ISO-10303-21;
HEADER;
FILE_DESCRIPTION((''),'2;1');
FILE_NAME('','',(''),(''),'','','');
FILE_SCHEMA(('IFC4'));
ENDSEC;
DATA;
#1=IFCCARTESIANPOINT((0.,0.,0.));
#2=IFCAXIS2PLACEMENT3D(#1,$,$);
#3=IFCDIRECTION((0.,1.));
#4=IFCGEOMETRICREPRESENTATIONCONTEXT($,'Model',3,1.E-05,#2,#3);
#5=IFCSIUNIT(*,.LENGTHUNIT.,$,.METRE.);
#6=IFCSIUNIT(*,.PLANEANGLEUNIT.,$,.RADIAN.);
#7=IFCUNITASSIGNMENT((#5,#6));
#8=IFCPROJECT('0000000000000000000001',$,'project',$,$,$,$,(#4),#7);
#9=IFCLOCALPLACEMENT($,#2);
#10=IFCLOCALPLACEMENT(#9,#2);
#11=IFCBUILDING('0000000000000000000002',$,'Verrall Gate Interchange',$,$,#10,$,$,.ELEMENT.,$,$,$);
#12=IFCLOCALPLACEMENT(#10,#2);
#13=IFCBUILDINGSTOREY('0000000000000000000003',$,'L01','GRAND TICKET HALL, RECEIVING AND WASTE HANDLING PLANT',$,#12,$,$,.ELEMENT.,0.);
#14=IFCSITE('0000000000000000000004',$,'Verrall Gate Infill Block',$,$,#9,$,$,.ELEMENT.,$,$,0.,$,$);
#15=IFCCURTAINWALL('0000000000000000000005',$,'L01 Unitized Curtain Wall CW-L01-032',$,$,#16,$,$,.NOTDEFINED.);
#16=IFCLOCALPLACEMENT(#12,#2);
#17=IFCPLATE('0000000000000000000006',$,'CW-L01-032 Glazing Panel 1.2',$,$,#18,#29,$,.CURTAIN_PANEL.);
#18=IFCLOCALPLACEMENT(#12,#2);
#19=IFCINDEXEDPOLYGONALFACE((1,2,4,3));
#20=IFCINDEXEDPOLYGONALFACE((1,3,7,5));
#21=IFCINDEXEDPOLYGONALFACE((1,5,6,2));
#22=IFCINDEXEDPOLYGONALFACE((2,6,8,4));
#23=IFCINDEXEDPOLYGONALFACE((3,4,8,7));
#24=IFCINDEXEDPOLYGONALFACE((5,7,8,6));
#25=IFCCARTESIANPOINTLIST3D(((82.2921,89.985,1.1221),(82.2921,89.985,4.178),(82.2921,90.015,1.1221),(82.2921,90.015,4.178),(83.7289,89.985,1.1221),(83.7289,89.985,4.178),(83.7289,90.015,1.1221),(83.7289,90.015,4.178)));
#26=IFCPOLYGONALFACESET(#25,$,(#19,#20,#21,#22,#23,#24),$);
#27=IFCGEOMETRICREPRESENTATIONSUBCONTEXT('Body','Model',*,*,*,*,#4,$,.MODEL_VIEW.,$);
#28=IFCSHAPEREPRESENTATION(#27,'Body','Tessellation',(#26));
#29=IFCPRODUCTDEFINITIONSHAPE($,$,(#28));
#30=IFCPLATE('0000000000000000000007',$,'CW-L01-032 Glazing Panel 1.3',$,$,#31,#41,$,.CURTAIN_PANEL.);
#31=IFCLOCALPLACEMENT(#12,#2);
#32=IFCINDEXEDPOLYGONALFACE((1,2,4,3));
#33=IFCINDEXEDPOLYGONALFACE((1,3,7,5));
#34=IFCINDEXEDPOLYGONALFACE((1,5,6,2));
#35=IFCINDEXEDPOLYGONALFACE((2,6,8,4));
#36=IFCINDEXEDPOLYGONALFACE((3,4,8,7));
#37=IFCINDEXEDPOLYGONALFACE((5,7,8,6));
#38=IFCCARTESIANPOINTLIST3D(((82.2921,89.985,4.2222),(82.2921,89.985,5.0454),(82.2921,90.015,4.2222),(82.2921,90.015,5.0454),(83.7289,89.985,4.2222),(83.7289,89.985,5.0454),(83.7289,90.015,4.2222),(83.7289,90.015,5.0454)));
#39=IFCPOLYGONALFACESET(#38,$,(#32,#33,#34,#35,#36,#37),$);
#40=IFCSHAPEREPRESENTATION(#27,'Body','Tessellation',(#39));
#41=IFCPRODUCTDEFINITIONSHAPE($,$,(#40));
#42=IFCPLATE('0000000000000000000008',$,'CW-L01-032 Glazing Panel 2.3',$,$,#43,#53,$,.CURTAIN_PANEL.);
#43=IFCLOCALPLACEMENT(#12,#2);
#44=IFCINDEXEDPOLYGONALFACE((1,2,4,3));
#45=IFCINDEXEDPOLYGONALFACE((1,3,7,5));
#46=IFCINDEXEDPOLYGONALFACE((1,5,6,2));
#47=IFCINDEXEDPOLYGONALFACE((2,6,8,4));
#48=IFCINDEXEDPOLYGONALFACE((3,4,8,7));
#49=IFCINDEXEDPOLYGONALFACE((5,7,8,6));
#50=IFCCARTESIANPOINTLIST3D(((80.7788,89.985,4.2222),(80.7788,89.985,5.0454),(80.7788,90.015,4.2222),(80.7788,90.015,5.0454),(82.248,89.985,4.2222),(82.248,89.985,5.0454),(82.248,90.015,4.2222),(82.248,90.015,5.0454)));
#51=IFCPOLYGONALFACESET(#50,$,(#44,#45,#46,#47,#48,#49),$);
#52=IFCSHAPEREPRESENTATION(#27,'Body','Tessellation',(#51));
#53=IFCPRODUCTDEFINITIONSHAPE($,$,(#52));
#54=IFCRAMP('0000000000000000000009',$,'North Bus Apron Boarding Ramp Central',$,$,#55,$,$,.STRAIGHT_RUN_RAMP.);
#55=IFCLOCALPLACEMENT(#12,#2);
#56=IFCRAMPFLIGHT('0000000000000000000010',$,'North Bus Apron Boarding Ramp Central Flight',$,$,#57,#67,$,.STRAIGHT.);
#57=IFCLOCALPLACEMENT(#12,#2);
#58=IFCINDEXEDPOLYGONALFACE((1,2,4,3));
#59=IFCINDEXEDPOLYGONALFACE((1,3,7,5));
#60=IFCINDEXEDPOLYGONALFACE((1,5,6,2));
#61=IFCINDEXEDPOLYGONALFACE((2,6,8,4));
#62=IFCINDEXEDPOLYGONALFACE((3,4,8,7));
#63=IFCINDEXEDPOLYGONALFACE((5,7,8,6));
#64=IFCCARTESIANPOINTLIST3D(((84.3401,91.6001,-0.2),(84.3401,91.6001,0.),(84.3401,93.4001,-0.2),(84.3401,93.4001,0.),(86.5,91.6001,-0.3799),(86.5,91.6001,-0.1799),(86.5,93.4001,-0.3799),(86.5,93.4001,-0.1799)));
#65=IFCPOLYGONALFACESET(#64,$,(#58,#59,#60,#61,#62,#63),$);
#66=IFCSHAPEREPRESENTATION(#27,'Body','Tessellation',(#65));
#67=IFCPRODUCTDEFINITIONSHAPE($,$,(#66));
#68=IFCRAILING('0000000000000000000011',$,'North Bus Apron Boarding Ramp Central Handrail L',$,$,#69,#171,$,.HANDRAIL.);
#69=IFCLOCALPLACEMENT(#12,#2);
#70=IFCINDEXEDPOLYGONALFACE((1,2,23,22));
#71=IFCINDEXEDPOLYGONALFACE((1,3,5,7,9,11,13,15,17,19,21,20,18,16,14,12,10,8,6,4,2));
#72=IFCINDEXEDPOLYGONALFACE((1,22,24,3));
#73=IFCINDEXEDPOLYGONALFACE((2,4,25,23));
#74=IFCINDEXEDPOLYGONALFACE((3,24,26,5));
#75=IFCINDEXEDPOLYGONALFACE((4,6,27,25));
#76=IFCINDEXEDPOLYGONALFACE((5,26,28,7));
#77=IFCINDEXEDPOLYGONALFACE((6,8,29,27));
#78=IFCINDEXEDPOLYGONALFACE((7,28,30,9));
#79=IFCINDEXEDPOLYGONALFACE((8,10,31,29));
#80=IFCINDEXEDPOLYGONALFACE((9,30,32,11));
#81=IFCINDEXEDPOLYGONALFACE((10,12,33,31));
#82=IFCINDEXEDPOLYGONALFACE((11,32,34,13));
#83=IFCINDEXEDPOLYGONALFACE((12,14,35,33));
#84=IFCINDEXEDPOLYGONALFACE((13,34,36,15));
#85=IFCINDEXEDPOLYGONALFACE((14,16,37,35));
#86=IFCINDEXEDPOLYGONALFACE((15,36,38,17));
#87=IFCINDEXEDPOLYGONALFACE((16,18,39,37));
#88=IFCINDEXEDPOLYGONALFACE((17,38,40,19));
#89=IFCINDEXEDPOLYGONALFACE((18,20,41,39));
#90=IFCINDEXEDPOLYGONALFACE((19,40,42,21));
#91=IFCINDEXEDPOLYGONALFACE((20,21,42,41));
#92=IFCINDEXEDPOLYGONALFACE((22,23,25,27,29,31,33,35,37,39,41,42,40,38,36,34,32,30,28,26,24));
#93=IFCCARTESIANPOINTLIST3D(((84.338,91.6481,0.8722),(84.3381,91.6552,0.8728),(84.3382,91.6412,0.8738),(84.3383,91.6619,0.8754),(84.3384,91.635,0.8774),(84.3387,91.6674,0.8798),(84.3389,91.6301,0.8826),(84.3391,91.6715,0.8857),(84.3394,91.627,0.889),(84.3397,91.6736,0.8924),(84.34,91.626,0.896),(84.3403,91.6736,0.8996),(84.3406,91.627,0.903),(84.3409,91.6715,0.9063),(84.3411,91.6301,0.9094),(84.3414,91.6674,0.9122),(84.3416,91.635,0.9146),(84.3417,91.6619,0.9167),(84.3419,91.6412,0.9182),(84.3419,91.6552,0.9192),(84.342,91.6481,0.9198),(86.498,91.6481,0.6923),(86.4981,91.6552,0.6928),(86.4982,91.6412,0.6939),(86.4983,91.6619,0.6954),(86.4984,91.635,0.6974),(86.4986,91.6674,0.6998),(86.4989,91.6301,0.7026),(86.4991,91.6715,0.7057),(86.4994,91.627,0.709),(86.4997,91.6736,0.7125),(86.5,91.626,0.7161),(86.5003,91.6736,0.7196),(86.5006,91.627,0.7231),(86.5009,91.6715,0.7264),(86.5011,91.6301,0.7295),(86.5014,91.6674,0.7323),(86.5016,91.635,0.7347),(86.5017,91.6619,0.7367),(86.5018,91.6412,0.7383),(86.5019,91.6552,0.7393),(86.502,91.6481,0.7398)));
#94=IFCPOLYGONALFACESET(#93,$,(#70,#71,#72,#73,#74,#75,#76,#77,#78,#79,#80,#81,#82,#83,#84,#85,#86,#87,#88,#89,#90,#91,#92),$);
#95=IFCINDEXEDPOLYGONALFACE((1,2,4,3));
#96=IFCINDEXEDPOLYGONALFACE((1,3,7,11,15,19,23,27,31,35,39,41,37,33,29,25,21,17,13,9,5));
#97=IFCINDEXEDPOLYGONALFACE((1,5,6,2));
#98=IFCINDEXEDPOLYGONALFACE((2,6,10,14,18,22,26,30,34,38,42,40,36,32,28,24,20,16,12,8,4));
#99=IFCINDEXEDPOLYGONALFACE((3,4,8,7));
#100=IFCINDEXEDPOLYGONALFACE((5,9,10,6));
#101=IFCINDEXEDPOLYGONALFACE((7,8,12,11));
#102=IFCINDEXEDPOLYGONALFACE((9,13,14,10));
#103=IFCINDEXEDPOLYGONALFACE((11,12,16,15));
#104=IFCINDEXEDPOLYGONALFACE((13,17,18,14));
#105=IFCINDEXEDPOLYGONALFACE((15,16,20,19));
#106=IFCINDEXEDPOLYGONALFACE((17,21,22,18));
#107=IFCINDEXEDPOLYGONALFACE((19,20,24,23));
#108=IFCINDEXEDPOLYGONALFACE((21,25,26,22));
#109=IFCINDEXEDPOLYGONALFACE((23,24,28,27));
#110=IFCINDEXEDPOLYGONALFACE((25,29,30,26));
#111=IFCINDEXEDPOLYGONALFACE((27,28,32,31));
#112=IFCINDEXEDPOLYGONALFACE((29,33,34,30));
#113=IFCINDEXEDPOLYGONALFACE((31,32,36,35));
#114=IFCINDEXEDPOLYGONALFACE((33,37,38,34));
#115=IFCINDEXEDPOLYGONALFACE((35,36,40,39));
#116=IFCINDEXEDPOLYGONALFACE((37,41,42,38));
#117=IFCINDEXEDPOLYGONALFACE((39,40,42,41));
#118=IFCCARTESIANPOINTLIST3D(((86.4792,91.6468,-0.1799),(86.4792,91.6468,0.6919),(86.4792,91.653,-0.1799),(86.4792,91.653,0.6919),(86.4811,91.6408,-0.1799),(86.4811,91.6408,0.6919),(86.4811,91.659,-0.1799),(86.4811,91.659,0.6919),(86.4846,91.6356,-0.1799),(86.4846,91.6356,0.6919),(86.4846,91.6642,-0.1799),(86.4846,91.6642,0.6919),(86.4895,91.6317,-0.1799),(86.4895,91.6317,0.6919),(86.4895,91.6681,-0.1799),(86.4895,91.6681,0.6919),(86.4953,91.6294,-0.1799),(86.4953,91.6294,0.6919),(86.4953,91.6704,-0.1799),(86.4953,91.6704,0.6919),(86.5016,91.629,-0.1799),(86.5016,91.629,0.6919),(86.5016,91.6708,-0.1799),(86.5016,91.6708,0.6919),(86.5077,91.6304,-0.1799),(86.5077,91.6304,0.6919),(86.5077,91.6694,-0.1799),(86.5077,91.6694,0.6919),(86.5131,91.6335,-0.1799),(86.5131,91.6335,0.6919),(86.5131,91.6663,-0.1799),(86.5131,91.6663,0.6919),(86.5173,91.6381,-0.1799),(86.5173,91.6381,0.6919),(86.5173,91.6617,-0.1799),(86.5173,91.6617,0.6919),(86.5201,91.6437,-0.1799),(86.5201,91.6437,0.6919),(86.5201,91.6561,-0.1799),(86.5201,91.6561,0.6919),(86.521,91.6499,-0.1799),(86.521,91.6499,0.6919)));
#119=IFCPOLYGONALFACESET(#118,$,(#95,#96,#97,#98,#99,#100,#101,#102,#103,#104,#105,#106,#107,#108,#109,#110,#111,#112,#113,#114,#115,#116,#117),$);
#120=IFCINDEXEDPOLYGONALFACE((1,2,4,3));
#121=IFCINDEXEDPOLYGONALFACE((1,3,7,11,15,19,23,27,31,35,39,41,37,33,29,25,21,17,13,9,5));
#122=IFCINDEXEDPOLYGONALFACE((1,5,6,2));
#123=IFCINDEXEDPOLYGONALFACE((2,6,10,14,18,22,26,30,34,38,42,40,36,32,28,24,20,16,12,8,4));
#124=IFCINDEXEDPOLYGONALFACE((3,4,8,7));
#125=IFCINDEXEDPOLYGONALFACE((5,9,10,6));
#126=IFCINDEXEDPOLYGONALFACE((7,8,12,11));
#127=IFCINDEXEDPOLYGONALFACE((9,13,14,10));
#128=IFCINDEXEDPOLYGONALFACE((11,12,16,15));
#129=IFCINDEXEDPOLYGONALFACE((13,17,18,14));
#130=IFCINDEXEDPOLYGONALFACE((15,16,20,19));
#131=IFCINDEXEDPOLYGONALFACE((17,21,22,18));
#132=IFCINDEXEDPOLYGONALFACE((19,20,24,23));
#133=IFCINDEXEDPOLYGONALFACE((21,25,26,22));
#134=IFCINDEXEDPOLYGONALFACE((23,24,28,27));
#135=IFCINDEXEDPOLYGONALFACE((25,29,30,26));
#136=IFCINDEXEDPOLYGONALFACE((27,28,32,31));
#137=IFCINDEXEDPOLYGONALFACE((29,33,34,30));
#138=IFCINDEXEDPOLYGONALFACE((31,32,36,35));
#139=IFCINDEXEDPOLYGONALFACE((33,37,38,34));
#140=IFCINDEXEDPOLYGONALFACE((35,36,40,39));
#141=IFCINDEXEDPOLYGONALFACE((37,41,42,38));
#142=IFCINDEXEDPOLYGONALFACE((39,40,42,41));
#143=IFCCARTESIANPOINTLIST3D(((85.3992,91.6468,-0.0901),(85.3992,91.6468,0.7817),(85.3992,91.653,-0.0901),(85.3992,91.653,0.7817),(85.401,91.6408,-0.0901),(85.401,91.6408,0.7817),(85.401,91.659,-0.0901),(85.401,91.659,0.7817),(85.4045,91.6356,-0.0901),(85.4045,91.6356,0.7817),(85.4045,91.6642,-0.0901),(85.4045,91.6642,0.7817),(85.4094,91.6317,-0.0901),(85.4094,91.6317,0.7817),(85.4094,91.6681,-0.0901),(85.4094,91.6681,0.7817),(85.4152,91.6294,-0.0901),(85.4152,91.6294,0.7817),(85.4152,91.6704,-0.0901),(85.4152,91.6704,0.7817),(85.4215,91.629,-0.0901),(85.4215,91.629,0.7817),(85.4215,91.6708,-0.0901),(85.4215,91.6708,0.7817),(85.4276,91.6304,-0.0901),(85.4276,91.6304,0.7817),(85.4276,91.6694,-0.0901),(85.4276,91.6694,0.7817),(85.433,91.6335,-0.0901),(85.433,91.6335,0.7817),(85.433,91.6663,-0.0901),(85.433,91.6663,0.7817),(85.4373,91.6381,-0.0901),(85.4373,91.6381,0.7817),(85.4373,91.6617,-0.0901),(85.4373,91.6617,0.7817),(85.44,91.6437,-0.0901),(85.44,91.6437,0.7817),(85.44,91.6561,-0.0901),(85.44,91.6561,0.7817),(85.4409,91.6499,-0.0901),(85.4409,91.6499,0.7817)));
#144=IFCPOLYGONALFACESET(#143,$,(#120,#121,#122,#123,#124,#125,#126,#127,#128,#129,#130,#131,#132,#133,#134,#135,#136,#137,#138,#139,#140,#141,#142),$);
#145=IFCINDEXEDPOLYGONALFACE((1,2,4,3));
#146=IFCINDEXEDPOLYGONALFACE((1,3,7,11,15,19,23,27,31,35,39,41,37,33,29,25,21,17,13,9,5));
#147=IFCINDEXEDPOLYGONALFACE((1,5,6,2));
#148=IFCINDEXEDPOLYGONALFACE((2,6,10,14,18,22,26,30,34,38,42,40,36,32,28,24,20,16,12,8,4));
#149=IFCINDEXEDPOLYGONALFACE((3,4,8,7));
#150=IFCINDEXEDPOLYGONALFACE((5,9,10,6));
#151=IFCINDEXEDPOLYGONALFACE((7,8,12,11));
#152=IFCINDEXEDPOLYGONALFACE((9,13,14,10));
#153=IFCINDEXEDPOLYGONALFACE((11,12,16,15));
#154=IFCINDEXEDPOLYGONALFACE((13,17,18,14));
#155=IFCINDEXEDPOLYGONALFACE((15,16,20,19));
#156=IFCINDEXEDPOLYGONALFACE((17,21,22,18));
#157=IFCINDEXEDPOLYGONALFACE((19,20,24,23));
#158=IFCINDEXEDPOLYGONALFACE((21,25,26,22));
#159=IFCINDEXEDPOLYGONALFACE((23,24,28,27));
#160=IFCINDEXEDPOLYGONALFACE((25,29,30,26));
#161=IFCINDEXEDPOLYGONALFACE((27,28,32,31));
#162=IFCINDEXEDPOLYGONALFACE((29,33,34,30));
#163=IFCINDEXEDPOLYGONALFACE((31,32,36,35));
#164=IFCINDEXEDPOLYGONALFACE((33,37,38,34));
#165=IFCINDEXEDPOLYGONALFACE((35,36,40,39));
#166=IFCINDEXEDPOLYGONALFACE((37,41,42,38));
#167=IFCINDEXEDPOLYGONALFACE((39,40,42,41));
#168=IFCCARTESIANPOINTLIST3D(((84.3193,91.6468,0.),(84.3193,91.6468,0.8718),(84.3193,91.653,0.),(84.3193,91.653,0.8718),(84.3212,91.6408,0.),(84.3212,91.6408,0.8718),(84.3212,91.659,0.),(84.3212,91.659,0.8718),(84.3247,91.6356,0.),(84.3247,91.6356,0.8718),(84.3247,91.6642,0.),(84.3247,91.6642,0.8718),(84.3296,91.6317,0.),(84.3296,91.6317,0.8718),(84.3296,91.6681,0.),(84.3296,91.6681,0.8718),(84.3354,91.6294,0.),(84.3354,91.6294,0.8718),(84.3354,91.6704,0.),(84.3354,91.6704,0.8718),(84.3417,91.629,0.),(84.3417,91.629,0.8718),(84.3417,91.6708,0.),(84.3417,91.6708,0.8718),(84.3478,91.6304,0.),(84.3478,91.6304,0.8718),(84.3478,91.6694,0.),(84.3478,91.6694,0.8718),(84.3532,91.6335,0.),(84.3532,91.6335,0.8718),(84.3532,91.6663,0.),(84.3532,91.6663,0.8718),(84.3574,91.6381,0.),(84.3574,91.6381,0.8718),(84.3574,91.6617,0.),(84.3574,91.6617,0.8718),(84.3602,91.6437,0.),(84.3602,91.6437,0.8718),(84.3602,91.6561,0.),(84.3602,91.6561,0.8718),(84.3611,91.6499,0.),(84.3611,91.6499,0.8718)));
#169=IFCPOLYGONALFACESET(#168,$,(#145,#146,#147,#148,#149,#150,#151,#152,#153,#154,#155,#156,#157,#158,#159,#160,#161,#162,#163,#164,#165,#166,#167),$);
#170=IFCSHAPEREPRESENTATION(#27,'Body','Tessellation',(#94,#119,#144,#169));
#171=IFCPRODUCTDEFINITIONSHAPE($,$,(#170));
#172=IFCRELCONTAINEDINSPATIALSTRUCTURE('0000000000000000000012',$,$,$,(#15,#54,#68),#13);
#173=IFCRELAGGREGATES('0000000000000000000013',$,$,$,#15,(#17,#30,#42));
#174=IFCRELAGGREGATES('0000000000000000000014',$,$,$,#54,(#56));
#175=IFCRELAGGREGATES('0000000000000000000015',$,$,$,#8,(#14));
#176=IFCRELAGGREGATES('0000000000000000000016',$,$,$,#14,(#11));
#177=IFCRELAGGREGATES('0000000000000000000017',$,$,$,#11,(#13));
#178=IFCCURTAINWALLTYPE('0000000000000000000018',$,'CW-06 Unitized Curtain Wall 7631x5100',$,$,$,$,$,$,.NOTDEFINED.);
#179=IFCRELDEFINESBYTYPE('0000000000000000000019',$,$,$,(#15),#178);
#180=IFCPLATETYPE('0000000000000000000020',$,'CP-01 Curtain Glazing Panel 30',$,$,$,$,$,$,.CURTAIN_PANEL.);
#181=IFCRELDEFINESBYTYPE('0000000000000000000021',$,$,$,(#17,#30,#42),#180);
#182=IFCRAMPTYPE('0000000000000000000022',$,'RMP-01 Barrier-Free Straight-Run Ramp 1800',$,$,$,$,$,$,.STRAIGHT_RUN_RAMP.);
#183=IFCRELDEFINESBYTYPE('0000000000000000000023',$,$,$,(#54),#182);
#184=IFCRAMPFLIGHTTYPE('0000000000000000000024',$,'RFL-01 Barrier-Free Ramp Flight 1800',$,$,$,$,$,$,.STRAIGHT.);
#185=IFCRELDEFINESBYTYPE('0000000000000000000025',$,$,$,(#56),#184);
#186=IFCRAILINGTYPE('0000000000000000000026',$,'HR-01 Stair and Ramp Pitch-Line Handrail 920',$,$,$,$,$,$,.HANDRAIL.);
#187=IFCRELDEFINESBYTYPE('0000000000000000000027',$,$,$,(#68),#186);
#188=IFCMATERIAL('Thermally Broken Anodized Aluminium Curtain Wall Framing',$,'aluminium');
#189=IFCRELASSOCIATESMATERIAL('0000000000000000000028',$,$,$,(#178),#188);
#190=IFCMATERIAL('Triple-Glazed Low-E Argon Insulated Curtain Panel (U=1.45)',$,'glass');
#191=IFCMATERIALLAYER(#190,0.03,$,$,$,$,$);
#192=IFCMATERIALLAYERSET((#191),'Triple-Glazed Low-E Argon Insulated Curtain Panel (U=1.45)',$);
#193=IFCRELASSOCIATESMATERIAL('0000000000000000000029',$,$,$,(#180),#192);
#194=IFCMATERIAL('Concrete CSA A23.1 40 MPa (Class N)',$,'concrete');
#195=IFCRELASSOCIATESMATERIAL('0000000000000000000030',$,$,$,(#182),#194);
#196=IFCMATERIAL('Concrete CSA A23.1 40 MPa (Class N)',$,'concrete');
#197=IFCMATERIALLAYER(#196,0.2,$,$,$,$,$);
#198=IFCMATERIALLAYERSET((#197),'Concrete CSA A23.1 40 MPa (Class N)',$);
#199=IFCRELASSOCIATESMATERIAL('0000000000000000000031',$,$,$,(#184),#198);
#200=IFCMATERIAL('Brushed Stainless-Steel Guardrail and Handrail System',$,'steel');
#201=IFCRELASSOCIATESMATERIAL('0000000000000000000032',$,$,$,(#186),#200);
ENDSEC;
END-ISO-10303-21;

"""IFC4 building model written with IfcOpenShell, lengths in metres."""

from ifc_helpers import new_model, si_unit, direction, frame, origin, origin_2d, place, context, subcontext, project, spatial, polyline, rectangle, circle, outline, extrude, material, layer, layer_set, type_object, element, aggregate, save


model = new_model("IFC4")

# Units and contexts
model_context = context("Model", 3, precision=1e-05, world=origin(), true_north=direction((0.0, 1.0)))
body_context = subcontext(model_context, "Body", "Model", "MODEL_VIEW")
ifc_project = project(units=[si_unit("LENGTHUNIT", "METRE"), si_unit("PLANEANGLEUNIT", "RADIAN")], contexts=[model_context])

# Site, building, storey
site_placement = place(None, origin())
site = spatial("IfcSite", under=ifc_project, at=site_placement, Name="Verrall Gate Infill Block", CompositionType="ELEMENT", RefElevation=0.0)
building_placement = place(site_placement, origin())
building = spatial("IfcBuilding", under=site, at=building_placement, Name="Verrall Gate Interchange", CompositionType="ELEMENT")
storey_placement = place(building_placement, origin())
storey = spatial("IfcBuildingStorey", under=building, at=storey_placement, Name="L01", Description="GRAND TICKET HALL, RECEIVING AND WASTE HANDLING PLANT", CompositionType="ELEMENT", Elevation=0.0)

# Curtain wall
ifc_material_1 = material(Name="Thermally Broken Anodized Aluminium Curtain Wall Framing", Category="aluminium")
curtain_wall_type = type_object("IfcCurtainWallType", Name="CW-06 Unitized Curtain Wall 7631x5100", PredefinedType="NOTDEFINED", material=ifc_material_1)
curtain_wall_placement = place(storey_placement, origin())
curtain_wall = element("IfcCurtainWall", 1, at=curtain_wall_placement, inside=storey, type_object=curtain_wall_type, Name="L01 Unitized Curtain Wall CW-L01-032", PredefinedType="NOTDEFINED")

# Plates
ifc_material_2 = material(Name="Triple-Glazed Low-E Argon Insulated Curtain Panel (U=1.45)", Category="glass")
ifc_layer_1 = layer(ifc_material_2, 0.03)
ifc_layer_set_1 = layer_set([ifc_layer_1], Name="Triple-Glazed Low-E Argon Insulated Curtain Panel (U=1.45)")
plate_type_1 = type_object("IfcPlateType", Name="CP-01 Curtain Glazing Panel 30", PredefinedType="CURTAIN_PANEL", material=ifc_layer_set_1)
plate_1_placement = place(storey_placement, frame((83.0105, 90.0, 1.1221), z_axis=(0.0, 0.0, 1.0), x_axis=(-1.0, 0.0, 0.0)))
plate_1 = element("IfcPlate", 2, at=plate_1_placement, type_object=plate_type_1, Name="CW-L01-032 Glazing Panel 1.2", PredefinedType="CURTAIN_PANEL", context=body_context, shape_type="SweptSolid", body=[
    extrude(rectangle(XDim=1.4368, YDim=0.03, at=origin_2d()), origin(), (0.0, 0.0, 1.0), 3.0559),
])
plate_2_placement = place(storey_placement, frame((83.0105, 90.0, 4.2222), z_axis=(0.0, 0.0, 1.0), x_axis=(-1.0, 0.0, 0.0)))
plate_2 = element("IfcPlate", 3, at=plate_2_placement, type_object=plate_type_1, Name="CW-L01-032 Glazing Panel 1.3", PredefinedType="CURTAIN_PANEL", context=body_context, shape_type="SweptSolid", body=[
    extrude(rectangle(XDim=1.4368, YDim=0.03, at=origin_2d()), origin(), (0.0, 0.0, 1.0), 0.8232),
])
plate_3_placement = place(storey_placement, frame((81.5134, 90.0, 4.2222), z_axis=(0.0, 0.0, 1.0), x_axis=(-1.0, 0.0, 0.0)))
plate_3 = element("IfcPlate", 4, at=plate_3_placement, type_object=plate_type_1, Name="CW-L01-032 Glazing Panel 2.3", PredefinedType="CURTAIN_PANEL", context=body_context, shape_type="SweptSolid", body=[
    extrude(rectangle(XDim=1.4692, YDim=0.03, at=origin_2d()), origin(), (0.0, 0.0, 1.0), 0.8232),
])
aggregate(curtain_wall, [plate_1, plate_2, plate_3])

# Ramp, ramp flight
ifc_material_3 = material(Name="Concrete CSA A23.1 40 MPa (Class N)", Category="concrete")
ramp_type = type_object("IfcRampType", Name="RMP-01 Barrier-Free Straight-Run Ramp 1800", PredefinedType="STRAIGHT_RUN_RAMP", material=ifc_material_3)
ramp_placement = place(storey_placement, origin())
ramp = element("IfcRamp", 5, at=ramp_placement, inside=storey, type_object=ramp_type, Name="North Bus Apron Boarding Ramp Central", PredefinedType="STRAIGHT_RUN_RAMP")
ifc_material_4 = material(Name="Concrete CSA A23.1 40 MPa (Class N)", Category="concrete")
ifc_layer_2 = layer(ifc_material_4, 0.2)
ifc_layer_set_2 = layer_set([ifc_layer_2], Name="Concrete CSA A23.1 40 MPa (Class N)")
ramp_flight_type = type_object("IfcRampFlightType", Name="RFL-01 Barrier-Free Ramp Flight 1800", PredefinedType="STRAIGHT", material=ifc_layer_set_2)
ramp_flight_placement = place(storey_placement, frame((86.5, 92.5, -0.1799), z_axis=(0.0, 0.0, 1.0), x_axis=(-1.0, 0.0, 0.0)))
ramp_flight = element("IfcRampFlight", 6, at=ramp_flight_placement, type_object=ramp_flight_type, Name="North Bus Apron Boarding Ramp Central Flight", PredefinedType="STRAIGHT", context=body_context, shape_type="SweptSolid", body=[
    extrude(outline(polyline([(0.0, -0.2), (0.0, 0.0), (2.1599, 0.1799), (2.1599, -0.02), (0.0, -0.2)])), frame((0.0, 0.8999, 0.0), z_axis=(0.0, -1.0, 0.0), x_axis=(1.0, 0.0, 0.0)), (0.0, 0.0, 1.0), 1.8),
])
aggregate(ramp, [ramp_flight])

# Railing
ifc_material_5 = material(Name="Brushed Stainless-Steel Guardrail and Handrail System", Category="steel")
railing_type = type_object("IfcRailingType", Name="HR-01 Stair and Ramp Pitch-Line Handrail 920", PredefinedType="HANDRAIL", material=ifc_material_5)
for number, where, name in (
    (7, (86.5, 91.6499, -0.1799), "North Bus Apron Boarding Ramp Central Handrail L"),
):
    element("IfcRailing", number, at=place(storey_placement, frame(where)), inside=storey, type_object=railing_type, Name=name, PredefinedType="HANDRAIL", context=body_context, shape_type="SweptSolid", body=[
        extrude(circle(Radius=0.0239, at=origin_2d()), frame((0.0, 0.0, 0.896), z_axis=(-0.996548, 0.0, 0.083018), x_axis=(0.0, -1.0, 0.0)), (0.0, 0.0, 1.0), 2.1675),
        extrude(circle(Radius=0.021, at=origin_2d()), origin(), (0.0, 0.0, 1.0), 0.8718),
        extrude(circle(Radius=0.021, at=origin_2d()), frame((-1.0801, 0.0, 0.0898)), (0.0, 0.0, 1.0), 0.8718),
        extrude(circle(Radius=0.021, at=origin_2d()), frame((-2.1599, 0.0, 0.1799)), (0.0, 0.0, 1.0), 0.8718),
    ])

save(model, "model.ifc")
